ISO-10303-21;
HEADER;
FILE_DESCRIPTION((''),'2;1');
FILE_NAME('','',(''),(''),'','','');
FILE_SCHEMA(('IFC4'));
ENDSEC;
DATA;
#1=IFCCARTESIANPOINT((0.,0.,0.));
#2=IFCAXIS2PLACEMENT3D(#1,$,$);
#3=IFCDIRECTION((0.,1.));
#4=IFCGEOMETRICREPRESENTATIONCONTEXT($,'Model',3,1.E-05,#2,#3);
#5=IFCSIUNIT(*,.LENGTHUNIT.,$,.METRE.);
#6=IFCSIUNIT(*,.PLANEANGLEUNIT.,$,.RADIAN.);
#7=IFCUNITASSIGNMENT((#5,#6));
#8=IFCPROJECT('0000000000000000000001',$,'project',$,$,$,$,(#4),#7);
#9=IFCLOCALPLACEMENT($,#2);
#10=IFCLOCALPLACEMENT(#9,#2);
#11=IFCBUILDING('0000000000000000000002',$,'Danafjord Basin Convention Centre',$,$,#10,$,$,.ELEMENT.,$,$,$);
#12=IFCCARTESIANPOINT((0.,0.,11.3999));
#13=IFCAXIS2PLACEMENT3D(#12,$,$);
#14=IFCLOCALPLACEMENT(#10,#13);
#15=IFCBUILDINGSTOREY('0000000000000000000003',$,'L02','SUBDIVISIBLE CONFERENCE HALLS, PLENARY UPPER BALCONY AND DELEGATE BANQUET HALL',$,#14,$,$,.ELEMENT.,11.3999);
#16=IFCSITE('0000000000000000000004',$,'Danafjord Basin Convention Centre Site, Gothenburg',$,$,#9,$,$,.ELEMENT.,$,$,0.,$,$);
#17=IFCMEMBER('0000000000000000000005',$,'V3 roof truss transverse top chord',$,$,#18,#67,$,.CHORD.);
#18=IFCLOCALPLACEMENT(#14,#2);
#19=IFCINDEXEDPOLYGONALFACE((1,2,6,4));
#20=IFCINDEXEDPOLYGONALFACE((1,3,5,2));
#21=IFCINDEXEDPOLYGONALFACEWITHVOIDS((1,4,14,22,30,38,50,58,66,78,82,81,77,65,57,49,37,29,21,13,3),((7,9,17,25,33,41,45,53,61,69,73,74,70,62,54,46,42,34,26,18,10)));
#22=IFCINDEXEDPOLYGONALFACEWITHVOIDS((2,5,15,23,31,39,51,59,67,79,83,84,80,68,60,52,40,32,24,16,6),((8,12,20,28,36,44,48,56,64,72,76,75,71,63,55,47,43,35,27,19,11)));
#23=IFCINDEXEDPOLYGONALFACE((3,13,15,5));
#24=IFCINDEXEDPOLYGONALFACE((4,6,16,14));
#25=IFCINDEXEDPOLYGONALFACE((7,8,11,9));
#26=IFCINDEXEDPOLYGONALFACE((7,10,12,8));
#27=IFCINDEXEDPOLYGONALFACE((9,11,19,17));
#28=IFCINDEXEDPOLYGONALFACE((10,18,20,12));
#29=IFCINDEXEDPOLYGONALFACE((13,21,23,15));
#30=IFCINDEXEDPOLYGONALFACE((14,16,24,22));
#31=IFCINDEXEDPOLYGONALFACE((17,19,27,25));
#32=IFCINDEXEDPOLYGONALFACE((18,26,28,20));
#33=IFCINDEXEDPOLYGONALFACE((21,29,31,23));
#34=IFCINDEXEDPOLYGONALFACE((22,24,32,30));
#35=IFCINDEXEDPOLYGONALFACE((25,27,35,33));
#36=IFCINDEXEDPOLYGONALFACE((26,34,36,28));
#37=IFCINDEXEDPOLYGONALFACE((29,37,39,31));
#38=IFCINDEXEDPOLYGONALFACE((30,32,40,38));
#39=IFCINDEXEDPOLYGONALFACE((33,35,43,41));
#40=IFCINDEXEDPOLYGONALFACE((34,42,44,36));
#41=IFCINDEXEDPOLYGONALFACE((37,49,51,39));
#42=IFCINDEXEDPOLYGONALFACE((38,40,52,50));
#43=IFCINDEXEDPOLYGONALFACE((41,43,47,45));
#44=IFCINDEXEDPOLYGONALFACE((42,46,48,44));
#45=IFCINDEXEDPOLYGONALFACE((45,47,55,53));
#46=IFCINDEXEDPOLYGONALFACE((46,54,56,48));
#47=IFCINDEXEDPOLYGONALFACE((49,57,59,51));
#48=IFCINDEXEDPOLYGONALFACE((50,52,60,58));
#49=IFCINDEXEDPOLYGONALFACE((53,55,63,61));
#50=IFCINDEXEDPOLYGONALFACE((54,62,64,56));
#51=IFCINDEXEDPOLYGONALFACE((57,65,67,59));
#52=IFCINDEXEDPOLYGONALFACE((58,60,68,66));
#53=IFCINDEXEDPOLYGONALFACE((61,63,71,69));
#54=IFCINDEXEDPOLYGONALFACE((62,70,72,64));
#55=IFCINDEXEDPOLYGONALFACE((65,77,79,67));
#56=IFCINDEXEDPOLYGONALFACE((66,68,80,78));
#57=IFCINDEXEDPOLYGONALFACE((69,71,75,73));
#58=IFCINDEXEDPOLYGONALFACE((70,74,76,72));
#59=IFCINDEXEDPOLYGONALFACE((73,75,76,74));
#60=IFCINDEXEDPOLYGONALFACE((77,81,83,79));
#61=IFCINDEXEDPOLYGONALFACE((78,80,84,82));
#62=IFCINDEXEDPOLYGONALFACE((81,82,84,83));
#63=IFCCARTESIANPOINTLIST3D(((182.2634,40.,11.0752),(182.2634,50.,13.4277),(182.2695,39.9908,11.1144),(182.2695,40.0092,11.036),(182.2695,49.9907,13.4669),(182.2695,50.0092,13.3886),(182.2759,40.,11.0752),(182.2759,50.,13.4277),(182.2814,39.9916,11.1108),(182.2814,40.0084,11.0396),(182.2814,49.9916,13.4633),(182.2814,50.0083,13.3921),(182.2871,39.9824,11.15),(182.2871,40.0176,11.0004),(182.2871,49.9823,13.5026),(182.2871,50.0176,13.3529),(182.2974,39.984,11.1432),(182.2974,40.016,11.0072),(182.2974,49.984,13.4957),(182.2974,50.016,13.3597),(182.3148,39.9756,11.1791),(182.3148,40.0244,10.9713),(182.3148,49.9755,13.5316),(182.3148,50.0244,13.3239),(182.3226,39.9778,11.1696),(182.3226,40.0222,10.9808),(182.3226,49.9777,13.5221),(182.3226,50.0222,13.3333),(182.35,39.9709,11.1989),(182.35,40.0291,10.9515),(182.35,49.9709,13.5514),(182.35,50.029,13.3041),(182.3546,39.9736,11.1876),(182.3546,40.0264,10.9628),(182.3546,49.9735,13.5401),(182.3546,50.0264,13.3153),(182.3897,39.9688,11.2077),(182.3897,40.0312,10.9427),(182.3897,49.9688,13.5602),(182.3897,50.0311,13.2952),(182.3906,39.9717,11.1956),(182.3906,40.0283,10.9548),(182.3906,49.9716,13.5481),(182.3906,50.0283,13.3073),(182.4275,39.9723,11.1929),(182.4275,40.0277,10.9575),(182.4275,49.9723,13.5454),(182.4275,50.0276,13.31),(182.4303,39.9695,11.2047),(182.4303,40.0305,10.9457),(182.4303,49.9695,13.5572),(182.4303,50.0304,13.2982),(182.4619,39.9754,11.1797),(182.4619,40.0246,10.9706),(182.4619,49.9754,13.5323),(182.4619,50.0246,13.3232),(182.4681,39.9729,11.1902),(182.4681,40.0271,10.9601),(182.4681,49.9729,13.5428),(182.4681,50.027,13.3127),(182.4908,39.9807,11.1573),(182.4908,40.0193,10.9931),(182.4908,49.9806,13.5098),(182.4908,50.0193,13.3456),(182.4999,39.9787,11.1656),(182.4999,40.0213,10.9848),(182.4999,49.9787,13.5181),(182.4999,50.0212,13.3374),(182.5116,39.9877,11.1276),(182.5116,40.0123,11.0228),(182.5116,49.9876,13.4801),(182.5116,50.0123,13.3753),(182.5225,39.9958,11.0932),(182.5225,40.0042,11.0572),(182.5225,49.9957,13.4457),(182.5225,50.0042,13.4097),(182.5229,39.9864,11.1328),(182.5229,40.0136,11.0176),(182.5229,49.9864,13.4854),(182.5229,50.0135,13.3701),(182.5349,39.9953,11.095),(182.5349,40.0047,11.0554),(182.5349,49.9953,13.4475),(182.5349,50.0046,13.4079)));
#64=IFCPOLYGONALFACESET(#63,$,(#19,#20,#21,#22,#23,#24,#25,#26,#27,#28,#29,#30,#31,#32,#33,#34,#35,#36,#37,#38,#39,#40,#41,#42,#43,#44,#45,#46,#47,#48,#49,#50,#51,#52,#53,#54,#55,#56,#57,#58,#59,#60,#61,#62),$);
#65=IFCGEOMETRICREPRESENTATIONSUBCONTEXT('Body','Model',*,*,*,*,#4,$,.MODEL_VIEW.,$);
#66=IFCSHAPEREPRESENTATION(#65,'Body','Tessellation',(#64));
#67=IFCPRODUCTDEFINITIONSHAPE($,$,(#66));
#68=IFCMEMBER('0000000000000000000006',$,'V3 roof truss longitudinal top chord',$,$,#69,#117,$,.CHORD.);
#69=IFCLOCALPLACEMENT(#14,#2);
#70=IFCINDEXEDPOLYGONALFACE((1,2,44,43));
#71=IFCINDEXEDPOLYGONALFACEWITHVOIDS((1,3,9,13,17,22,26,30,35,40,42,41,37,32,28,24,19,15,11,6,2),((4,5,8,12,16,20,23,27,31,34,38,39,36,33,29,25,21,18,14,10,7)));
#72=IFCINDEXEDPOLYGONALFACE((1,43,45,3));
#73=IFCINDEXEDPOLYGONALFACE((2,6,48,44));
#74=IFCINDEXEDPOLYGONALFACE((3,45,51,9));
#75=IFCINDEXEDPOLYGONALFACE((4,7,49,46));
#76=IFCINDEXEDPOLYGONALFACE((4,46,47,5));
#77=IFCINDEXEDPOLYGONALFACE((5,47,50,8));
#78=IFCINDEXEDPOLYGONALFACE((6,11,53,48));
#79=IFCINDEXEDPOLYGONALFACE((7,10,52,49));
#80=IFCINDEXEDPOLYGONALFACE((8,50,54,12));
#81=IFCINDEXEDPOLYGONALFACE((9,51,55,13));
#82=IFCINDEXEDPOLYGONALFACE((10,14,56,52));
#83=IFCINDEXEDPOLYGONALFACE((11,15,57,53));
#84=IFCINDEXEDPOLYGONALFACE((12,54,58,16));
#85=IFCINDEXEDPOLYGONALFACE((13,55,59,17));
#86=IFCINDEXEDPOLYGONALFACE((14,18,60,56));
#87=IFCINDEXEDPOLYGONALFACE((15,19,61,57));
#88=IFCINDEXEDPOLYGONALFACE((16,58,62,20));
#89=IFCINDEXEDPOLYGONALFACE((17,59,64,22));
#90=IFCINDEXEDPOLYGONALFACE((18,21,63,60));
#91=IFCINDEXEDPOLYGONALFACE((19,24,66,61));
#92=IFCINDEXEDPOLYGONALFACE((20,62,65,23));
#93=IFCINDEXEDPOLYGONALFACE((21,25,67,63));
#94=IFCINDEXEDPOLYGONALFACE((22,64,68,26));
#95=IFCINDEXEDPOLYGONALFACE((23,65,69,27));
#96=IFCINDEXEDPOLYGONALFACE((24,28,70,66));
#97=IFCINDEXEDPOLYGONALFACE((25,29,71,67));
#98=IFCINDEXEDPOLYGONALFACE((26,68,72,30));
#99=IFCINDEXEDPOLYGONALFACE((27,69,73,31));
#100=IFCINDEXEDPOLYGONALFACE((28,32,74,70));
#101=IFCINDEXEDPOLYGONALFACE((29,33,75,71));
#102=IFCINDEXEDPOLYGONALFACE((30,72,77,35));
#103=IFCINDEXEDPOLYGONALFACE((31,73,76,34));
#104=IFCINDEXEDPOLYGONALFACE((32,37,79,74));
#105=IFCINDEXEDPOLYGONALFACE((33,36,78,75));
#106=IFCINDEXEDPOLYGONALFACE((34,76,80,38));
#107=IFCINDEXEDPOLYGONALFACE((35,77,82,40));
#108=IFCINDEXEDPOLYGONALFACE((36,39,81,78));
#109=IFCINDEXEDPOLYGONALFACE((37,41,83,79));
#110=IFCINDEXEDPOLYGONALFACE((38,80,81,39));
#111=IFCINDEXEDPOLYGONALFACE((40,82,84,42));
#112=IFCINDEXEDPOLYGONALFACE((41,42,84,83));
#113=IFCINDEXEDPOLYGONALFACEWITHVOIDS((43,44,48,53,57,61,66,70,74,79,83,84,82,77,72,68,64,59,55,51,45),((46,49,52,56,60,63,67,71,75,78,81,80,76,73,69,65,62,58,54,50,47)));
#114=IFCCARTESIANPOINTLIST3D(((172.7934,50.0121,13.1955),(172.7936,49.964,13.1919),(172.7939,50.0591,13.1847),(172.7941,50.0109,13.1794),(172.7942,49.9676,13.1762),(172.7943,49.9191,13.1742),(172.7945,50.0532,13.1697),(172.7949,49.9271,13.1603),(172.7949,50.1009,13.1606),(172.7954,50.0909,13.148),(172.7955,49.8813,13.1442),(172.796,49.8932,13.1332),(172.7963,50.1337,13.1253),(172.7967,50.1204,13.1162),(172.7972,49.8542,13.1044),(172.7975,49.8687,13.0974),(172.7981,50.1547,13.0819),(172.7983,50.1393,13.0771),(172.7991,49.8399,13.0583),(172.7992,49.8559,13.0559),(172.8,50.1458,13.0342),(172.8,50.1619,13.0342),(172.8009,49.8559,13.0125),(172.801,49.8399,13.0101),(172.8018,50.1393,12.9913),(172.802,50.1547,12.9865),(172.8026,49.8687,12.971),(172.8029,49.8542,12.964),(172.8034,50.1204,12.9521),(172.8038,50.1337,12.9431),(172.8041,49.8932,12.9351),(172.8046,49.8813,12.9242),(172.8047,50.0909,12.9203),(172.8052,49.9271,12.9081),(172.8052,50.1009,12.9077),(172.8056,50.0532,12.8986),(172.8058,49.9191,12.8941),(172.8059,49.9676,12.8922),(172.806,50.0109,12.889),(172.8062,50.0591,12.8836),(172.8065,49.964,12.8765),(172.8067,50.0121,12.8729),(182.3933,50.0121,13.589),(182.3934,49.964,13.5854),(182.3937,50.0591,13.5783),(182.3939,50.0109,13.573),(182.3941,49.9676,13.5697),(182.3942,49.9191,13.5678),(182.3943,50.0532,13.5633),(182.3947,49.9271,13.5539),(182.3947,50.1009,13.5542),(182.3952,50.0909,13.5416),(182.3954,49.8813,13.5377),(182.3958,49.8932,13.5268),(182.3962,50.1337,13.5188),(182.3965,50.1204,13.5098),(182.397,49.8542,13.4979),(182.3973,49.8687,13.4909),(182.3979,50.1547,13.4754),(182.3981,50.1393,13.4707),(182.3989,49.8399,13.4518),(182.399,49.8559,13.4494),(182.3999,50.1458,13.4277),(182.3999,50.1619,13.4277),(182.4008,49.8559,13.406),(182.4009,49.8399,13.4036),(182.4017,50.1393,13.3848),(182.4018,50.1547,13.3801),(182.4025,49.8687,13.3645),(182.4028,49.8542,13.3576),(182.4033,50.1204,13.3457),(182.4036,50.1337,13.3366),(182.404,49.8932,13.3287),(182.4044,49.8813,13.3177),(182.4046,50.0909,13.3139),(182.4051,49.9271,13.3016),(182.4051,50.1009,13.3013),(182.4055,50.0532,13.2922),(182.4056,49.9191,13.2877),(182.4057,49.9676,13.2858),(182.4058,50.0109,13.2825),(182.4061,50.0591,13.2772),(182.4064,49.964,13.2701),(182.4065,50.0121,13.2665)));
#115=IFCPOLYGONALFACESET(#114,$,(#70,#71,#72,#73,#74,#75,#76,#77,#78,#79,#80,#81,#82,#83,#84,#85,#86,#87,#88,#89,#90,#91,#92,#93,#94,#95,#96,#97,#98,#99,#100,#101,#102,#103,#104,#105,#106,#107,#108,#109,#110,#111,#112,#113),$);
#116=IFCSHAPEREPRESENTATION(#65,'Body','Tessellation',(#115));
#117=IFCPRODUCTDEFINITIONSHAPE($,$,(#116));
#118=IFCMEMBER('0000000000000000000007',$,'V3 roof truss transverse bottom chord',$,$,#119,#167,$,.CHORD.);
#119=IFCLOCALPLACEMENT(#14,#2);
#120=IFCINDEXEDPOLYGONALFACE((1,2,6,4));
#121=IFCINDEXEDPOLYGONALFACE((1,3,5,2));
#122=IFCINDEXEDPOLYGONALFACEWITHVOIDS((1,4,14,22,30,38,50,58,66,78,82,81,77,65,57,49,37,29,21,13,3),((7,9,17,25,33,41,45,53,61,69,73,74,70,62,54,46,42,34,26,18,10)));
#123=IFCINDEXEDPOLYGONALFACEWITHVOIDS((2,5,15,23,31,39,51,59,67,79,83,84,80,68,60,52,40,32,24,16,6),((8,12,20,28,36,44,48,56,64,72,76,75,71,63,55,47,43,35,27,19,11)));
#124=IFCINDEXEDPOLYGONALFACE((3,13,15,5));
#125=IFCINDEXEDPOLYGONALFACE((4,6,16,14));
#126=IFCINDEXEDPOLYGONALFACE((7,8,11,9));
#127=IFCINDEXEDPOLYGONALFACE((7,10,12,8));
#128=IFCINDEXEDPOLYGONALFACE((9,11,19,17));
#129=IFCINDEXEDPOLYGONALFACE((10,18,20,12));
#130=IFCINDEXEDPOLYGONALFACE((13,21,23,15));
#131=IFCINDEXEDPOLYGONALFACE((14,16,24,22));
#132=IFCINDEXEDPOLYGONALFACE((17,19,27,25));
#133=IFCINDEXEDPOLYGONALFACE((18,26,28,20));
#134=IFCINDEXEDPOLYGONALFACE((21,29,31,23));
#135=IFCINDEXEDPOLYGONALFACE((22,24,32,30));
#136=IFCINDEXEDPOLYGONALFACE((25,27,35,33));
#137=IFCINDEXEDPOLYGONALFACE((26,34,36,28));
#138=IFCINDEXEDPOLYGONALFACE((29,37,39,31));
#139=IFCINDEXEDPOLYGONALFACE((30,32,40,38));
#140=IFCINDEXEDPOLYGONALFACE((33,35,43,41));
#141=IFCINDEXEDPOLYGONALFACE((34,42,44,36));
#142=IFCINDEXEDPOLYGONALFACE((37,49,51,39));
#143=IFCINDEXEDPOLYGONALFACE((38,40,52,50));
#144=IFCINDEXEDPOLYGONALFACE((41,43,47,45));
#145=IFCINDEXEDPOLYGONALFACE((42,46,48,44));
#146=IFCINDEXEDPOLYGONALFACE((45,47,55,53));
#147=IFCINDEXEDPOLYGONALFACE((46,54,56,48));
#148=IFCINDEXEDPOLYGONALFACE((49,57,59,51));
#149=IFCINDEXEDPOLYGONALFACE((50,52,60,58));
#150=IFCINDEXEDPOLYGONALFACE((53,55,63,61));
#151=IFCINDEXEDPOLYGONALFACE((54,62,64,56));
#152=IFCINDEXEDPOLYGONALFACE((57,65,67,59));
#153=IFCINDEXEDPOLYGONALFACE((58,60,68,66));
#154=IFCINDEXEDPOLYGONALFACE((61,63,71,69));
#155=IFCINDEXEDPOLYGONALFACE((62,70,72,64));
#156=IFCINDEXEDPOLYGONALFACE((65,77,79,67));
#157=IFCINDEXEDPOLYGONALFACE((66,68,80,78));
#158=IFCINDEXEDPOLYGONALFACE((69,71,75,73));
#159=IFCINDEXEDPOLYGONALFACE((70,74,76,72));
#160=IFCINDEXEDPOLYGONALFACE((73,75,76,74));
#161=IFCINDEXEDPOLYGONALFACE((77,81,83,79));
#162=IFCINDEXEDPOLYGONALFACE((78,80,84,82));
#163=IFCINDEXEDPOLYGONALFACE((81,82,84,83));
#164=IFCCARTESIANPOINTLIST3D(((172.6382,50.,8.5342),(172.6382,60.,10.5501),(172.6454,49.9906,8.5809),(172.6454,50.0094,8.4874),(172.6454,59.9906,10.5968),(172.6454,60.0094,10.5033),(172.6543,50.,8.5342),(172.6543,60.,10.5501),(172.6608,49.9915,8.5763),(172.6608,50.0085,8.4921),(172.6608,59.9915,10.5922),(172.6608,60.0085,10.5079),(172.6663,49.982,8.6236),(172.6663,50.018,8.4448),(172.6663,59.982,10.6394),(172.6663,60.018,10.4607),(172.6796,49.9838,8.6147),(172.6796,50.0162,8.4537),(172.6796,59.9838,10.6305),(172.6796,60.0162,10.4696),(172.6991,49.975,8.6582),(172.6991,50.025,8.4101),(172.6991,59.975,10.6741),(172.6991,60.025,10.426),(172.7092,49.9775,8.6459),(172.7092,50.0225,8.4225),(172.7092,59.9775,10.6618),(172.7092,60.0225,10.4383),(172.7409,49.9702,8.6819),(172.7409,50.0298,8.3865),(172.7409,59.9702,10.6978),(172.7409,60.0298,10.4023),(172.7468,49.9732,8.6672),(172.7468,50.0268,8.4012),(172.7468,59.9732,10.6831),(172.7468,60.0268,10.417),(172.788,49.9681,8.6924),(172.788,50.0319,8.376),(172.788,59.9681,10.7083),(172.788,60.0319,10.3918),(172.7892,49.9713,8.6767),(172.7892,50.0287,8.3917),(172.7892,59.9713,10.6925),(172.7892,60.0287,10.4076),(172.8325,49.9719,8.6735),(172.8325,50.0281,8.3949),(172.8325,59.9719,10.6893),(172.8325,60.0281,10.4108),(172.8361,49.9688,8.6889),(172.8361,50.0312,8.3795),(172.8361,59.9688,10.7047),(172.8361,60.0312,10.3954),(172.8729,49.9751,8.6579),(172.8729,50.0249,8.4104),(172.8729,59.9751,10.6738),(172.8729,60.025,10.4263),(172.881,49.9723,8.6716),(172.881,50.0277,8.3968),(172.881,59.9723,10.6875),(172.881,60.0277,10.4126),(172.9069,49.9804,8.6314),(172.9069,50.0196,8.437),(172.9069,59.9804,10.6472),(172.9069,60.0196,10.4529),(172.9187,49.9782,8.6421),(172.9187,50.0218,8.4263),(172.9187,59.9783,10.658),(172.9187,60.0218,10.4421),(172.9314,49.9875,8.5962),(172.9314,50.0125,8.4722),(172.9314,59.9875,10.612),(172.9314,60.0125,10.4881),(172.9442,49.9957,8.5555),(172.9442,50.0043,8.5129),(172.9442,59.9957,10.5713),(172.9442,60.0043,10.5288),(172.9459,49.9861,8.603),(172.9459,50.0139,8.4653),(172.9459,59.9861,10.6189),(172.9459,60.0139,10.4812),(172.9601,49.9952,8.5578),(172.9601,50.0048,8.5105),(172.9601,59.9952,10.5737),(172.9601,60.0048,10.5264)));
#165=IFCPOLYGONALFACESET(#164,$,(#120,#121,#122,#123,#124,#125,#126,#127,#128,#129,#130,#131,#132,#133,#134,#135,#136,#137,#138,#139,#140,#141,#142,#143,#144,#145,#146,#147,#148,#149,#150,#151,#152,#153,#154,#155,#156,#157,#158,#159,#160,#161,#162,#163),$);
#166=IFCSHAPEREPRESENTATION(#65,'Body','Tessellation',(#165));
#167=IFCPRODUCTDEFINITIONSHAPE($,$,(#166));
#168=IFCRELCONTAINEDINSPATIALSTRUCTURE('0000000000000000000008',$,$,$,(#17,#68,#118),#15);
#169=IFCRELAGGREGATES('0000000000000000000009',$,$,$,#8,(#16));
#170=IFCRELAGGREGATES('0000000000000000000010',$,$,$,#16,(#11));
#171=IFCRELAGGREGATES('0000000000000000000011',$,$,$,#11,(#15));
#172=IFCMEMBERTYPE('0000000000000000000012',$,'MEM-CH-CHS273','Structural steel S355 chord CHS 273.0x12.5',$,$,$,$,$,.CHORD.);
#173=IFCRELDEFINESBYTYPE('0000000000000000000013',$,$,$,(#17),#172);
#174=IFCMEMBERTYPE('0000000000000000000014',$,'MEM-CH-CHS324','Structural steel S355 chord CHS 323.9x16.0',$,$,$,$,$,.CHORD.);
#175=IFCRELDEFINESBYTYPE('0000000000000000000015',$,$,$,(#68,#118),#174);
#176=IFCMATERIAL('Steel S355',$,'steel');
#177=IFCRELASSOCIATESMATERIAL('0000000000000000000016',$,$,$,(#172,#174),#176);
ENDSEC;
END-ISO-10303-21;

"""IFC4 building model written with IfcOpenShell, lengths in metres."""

from ifc_helpers import new_model, si_unit, direction, frame, origin, origin_2d, place, context, subcontext, project, spatial, hollow_circle, extrude, material, material_profile, profile_set, type_object, element, save


model = new_model("IFC4")

# Units and contexts
model_context = context("Model", 3, precision=1e-05, world=origin(), true_north=direction((0.0, 1.0)))
body_context = subcontext(model_context, "Body", "Model", "MODEL_VIEW")
ifc_project = project(units=[si_unit("LENGTHUNIT", "METRE"), si_unit("PLANEANGLEUNIT", "RADIAN")], contexts=[model_context])

# Site, building, storey
site_placement = place(None, origin())
site = spatial("IfcSite", under=ifc_project, at=site_placement, Name="Danafjord Basin Convention Centre Site, Gothenburg", CompositionType="ELEMENT", RefElevation=0.0)
building_placement = place(site_placement, origin())
building = spatial("IfcBuilding", under=site, at=building_placement, Name="Danafjord Basin Convention Centre", CompositionType="ELEMENT")
storey_placement = place(building_placement, frame((0.0, 0.0, 11.3999)))
storey = spatial("IfcBuildingStorey", under=building, at=storey_placement, Name="L02", Description="SUBDIVISIBLE CONFERENCE HALLS, PLENARY UPPER BALCONY AND DELEGATE BANQUET HALL", CompositionType="ELEMENT", Elevation=11.3999)

# Shared definitions
ifc_material_1 = material(Name="Steel S355", Category="steel")

# Members
ifc_material_profile_1 = material_profile(ifc_material_1, hollow_circle(Radius=0.1365, WallThickness=0.0125, at=origin_2d()), Name="CHS 273.0x12.5")
ifc_profile_set_1 = profile_set([ifc_material_profile_1], Name="Steel S355")
member_type_1 = type_object("IfcMemberType", Name="MEM-CH-CHS273", Description="Structural steel S355 chord CHS 273.0x12.5", PredefinedType="CHORD", material=ifc_profile_set_1)
member_1_placement = place(storey_placement, frame((182.3999, 40.0, 11.0752), z_axis=(0.0, 0.973426, 0.229002), x_axis=(-1.0, 0.0, 0.0)))
element("IfcMember", 1, at=member_1_placement, inside=storey, type_object=member_type_1, Name="V3 roof truss transverse top chord", PredefinedType="CHORD", context=body_context, shape_type="SweptSolid", body=[
    extrude(hollow_circle(Radius=0.1365, WallThickness=0.0125, at=origin_2d()), origin(), (0.0, 0.0, 1.0), 10.2729),
])
ifc_material_profile_2 = material_profile(ifc_material_1, hollow_circle(Radius=0.1619, WallThickness=0.0161, at=origin_2d()), Name="CHS 323.9x16.0")
ifc_profile_set_2 = profile_set([ifc_material_profile_2], Name="Steel S355")
member_type_2 = type_object("IfcMemberType", Name="MEM-CH-CHS324", Description="Structural steel S355 chord CHS 323.9x16.0", PredefinedType="CHORD", material=ifc_profile_set_2)
member_2_placement = place(storey_placement, frame((172.8, 50.0, 13.0342), z_axis=(0.999161, 0.0, 0.040961), x_axis=(0.0, 1.0, 0.0)))
element("IfcMember", 2, at=member_2_placement, inside=storey, type_object=member_type_2, Name="V3 roof truss longitudinal top chord", PredefinedType="CHORD", context=body_context, shape_type="SweptSolid", body=[
    extrude(hollow_circle(Radius=0.1619, WallThickness=0.0161, at=origin_2d()), origin(), (0.0, 0.0, 1.0), 9.6079),
])
member_3_placement = place(storey_placement, frame((172.8, 50.0, 8.5342), z_axis=(0.0, 0.98028, 0.197612), x_axis=(-1.0, 0.0, 0.0)))
element("IfcMember", 3, at=member_3_placement, inside=storey, type_object=member_type_2, Name="V3 roof truss transverse bottom chord", PredefinedType="CHORD", context=body_context, shape_type="SweptSolid", body=[
    extrude(hollow_circle(Radius=0.1619, WallThickness=0.0161, at=origin_2d()), origin(), (0.0, 0.0, 1.0), 10.2012),
])

save(model, "model.ifc")
